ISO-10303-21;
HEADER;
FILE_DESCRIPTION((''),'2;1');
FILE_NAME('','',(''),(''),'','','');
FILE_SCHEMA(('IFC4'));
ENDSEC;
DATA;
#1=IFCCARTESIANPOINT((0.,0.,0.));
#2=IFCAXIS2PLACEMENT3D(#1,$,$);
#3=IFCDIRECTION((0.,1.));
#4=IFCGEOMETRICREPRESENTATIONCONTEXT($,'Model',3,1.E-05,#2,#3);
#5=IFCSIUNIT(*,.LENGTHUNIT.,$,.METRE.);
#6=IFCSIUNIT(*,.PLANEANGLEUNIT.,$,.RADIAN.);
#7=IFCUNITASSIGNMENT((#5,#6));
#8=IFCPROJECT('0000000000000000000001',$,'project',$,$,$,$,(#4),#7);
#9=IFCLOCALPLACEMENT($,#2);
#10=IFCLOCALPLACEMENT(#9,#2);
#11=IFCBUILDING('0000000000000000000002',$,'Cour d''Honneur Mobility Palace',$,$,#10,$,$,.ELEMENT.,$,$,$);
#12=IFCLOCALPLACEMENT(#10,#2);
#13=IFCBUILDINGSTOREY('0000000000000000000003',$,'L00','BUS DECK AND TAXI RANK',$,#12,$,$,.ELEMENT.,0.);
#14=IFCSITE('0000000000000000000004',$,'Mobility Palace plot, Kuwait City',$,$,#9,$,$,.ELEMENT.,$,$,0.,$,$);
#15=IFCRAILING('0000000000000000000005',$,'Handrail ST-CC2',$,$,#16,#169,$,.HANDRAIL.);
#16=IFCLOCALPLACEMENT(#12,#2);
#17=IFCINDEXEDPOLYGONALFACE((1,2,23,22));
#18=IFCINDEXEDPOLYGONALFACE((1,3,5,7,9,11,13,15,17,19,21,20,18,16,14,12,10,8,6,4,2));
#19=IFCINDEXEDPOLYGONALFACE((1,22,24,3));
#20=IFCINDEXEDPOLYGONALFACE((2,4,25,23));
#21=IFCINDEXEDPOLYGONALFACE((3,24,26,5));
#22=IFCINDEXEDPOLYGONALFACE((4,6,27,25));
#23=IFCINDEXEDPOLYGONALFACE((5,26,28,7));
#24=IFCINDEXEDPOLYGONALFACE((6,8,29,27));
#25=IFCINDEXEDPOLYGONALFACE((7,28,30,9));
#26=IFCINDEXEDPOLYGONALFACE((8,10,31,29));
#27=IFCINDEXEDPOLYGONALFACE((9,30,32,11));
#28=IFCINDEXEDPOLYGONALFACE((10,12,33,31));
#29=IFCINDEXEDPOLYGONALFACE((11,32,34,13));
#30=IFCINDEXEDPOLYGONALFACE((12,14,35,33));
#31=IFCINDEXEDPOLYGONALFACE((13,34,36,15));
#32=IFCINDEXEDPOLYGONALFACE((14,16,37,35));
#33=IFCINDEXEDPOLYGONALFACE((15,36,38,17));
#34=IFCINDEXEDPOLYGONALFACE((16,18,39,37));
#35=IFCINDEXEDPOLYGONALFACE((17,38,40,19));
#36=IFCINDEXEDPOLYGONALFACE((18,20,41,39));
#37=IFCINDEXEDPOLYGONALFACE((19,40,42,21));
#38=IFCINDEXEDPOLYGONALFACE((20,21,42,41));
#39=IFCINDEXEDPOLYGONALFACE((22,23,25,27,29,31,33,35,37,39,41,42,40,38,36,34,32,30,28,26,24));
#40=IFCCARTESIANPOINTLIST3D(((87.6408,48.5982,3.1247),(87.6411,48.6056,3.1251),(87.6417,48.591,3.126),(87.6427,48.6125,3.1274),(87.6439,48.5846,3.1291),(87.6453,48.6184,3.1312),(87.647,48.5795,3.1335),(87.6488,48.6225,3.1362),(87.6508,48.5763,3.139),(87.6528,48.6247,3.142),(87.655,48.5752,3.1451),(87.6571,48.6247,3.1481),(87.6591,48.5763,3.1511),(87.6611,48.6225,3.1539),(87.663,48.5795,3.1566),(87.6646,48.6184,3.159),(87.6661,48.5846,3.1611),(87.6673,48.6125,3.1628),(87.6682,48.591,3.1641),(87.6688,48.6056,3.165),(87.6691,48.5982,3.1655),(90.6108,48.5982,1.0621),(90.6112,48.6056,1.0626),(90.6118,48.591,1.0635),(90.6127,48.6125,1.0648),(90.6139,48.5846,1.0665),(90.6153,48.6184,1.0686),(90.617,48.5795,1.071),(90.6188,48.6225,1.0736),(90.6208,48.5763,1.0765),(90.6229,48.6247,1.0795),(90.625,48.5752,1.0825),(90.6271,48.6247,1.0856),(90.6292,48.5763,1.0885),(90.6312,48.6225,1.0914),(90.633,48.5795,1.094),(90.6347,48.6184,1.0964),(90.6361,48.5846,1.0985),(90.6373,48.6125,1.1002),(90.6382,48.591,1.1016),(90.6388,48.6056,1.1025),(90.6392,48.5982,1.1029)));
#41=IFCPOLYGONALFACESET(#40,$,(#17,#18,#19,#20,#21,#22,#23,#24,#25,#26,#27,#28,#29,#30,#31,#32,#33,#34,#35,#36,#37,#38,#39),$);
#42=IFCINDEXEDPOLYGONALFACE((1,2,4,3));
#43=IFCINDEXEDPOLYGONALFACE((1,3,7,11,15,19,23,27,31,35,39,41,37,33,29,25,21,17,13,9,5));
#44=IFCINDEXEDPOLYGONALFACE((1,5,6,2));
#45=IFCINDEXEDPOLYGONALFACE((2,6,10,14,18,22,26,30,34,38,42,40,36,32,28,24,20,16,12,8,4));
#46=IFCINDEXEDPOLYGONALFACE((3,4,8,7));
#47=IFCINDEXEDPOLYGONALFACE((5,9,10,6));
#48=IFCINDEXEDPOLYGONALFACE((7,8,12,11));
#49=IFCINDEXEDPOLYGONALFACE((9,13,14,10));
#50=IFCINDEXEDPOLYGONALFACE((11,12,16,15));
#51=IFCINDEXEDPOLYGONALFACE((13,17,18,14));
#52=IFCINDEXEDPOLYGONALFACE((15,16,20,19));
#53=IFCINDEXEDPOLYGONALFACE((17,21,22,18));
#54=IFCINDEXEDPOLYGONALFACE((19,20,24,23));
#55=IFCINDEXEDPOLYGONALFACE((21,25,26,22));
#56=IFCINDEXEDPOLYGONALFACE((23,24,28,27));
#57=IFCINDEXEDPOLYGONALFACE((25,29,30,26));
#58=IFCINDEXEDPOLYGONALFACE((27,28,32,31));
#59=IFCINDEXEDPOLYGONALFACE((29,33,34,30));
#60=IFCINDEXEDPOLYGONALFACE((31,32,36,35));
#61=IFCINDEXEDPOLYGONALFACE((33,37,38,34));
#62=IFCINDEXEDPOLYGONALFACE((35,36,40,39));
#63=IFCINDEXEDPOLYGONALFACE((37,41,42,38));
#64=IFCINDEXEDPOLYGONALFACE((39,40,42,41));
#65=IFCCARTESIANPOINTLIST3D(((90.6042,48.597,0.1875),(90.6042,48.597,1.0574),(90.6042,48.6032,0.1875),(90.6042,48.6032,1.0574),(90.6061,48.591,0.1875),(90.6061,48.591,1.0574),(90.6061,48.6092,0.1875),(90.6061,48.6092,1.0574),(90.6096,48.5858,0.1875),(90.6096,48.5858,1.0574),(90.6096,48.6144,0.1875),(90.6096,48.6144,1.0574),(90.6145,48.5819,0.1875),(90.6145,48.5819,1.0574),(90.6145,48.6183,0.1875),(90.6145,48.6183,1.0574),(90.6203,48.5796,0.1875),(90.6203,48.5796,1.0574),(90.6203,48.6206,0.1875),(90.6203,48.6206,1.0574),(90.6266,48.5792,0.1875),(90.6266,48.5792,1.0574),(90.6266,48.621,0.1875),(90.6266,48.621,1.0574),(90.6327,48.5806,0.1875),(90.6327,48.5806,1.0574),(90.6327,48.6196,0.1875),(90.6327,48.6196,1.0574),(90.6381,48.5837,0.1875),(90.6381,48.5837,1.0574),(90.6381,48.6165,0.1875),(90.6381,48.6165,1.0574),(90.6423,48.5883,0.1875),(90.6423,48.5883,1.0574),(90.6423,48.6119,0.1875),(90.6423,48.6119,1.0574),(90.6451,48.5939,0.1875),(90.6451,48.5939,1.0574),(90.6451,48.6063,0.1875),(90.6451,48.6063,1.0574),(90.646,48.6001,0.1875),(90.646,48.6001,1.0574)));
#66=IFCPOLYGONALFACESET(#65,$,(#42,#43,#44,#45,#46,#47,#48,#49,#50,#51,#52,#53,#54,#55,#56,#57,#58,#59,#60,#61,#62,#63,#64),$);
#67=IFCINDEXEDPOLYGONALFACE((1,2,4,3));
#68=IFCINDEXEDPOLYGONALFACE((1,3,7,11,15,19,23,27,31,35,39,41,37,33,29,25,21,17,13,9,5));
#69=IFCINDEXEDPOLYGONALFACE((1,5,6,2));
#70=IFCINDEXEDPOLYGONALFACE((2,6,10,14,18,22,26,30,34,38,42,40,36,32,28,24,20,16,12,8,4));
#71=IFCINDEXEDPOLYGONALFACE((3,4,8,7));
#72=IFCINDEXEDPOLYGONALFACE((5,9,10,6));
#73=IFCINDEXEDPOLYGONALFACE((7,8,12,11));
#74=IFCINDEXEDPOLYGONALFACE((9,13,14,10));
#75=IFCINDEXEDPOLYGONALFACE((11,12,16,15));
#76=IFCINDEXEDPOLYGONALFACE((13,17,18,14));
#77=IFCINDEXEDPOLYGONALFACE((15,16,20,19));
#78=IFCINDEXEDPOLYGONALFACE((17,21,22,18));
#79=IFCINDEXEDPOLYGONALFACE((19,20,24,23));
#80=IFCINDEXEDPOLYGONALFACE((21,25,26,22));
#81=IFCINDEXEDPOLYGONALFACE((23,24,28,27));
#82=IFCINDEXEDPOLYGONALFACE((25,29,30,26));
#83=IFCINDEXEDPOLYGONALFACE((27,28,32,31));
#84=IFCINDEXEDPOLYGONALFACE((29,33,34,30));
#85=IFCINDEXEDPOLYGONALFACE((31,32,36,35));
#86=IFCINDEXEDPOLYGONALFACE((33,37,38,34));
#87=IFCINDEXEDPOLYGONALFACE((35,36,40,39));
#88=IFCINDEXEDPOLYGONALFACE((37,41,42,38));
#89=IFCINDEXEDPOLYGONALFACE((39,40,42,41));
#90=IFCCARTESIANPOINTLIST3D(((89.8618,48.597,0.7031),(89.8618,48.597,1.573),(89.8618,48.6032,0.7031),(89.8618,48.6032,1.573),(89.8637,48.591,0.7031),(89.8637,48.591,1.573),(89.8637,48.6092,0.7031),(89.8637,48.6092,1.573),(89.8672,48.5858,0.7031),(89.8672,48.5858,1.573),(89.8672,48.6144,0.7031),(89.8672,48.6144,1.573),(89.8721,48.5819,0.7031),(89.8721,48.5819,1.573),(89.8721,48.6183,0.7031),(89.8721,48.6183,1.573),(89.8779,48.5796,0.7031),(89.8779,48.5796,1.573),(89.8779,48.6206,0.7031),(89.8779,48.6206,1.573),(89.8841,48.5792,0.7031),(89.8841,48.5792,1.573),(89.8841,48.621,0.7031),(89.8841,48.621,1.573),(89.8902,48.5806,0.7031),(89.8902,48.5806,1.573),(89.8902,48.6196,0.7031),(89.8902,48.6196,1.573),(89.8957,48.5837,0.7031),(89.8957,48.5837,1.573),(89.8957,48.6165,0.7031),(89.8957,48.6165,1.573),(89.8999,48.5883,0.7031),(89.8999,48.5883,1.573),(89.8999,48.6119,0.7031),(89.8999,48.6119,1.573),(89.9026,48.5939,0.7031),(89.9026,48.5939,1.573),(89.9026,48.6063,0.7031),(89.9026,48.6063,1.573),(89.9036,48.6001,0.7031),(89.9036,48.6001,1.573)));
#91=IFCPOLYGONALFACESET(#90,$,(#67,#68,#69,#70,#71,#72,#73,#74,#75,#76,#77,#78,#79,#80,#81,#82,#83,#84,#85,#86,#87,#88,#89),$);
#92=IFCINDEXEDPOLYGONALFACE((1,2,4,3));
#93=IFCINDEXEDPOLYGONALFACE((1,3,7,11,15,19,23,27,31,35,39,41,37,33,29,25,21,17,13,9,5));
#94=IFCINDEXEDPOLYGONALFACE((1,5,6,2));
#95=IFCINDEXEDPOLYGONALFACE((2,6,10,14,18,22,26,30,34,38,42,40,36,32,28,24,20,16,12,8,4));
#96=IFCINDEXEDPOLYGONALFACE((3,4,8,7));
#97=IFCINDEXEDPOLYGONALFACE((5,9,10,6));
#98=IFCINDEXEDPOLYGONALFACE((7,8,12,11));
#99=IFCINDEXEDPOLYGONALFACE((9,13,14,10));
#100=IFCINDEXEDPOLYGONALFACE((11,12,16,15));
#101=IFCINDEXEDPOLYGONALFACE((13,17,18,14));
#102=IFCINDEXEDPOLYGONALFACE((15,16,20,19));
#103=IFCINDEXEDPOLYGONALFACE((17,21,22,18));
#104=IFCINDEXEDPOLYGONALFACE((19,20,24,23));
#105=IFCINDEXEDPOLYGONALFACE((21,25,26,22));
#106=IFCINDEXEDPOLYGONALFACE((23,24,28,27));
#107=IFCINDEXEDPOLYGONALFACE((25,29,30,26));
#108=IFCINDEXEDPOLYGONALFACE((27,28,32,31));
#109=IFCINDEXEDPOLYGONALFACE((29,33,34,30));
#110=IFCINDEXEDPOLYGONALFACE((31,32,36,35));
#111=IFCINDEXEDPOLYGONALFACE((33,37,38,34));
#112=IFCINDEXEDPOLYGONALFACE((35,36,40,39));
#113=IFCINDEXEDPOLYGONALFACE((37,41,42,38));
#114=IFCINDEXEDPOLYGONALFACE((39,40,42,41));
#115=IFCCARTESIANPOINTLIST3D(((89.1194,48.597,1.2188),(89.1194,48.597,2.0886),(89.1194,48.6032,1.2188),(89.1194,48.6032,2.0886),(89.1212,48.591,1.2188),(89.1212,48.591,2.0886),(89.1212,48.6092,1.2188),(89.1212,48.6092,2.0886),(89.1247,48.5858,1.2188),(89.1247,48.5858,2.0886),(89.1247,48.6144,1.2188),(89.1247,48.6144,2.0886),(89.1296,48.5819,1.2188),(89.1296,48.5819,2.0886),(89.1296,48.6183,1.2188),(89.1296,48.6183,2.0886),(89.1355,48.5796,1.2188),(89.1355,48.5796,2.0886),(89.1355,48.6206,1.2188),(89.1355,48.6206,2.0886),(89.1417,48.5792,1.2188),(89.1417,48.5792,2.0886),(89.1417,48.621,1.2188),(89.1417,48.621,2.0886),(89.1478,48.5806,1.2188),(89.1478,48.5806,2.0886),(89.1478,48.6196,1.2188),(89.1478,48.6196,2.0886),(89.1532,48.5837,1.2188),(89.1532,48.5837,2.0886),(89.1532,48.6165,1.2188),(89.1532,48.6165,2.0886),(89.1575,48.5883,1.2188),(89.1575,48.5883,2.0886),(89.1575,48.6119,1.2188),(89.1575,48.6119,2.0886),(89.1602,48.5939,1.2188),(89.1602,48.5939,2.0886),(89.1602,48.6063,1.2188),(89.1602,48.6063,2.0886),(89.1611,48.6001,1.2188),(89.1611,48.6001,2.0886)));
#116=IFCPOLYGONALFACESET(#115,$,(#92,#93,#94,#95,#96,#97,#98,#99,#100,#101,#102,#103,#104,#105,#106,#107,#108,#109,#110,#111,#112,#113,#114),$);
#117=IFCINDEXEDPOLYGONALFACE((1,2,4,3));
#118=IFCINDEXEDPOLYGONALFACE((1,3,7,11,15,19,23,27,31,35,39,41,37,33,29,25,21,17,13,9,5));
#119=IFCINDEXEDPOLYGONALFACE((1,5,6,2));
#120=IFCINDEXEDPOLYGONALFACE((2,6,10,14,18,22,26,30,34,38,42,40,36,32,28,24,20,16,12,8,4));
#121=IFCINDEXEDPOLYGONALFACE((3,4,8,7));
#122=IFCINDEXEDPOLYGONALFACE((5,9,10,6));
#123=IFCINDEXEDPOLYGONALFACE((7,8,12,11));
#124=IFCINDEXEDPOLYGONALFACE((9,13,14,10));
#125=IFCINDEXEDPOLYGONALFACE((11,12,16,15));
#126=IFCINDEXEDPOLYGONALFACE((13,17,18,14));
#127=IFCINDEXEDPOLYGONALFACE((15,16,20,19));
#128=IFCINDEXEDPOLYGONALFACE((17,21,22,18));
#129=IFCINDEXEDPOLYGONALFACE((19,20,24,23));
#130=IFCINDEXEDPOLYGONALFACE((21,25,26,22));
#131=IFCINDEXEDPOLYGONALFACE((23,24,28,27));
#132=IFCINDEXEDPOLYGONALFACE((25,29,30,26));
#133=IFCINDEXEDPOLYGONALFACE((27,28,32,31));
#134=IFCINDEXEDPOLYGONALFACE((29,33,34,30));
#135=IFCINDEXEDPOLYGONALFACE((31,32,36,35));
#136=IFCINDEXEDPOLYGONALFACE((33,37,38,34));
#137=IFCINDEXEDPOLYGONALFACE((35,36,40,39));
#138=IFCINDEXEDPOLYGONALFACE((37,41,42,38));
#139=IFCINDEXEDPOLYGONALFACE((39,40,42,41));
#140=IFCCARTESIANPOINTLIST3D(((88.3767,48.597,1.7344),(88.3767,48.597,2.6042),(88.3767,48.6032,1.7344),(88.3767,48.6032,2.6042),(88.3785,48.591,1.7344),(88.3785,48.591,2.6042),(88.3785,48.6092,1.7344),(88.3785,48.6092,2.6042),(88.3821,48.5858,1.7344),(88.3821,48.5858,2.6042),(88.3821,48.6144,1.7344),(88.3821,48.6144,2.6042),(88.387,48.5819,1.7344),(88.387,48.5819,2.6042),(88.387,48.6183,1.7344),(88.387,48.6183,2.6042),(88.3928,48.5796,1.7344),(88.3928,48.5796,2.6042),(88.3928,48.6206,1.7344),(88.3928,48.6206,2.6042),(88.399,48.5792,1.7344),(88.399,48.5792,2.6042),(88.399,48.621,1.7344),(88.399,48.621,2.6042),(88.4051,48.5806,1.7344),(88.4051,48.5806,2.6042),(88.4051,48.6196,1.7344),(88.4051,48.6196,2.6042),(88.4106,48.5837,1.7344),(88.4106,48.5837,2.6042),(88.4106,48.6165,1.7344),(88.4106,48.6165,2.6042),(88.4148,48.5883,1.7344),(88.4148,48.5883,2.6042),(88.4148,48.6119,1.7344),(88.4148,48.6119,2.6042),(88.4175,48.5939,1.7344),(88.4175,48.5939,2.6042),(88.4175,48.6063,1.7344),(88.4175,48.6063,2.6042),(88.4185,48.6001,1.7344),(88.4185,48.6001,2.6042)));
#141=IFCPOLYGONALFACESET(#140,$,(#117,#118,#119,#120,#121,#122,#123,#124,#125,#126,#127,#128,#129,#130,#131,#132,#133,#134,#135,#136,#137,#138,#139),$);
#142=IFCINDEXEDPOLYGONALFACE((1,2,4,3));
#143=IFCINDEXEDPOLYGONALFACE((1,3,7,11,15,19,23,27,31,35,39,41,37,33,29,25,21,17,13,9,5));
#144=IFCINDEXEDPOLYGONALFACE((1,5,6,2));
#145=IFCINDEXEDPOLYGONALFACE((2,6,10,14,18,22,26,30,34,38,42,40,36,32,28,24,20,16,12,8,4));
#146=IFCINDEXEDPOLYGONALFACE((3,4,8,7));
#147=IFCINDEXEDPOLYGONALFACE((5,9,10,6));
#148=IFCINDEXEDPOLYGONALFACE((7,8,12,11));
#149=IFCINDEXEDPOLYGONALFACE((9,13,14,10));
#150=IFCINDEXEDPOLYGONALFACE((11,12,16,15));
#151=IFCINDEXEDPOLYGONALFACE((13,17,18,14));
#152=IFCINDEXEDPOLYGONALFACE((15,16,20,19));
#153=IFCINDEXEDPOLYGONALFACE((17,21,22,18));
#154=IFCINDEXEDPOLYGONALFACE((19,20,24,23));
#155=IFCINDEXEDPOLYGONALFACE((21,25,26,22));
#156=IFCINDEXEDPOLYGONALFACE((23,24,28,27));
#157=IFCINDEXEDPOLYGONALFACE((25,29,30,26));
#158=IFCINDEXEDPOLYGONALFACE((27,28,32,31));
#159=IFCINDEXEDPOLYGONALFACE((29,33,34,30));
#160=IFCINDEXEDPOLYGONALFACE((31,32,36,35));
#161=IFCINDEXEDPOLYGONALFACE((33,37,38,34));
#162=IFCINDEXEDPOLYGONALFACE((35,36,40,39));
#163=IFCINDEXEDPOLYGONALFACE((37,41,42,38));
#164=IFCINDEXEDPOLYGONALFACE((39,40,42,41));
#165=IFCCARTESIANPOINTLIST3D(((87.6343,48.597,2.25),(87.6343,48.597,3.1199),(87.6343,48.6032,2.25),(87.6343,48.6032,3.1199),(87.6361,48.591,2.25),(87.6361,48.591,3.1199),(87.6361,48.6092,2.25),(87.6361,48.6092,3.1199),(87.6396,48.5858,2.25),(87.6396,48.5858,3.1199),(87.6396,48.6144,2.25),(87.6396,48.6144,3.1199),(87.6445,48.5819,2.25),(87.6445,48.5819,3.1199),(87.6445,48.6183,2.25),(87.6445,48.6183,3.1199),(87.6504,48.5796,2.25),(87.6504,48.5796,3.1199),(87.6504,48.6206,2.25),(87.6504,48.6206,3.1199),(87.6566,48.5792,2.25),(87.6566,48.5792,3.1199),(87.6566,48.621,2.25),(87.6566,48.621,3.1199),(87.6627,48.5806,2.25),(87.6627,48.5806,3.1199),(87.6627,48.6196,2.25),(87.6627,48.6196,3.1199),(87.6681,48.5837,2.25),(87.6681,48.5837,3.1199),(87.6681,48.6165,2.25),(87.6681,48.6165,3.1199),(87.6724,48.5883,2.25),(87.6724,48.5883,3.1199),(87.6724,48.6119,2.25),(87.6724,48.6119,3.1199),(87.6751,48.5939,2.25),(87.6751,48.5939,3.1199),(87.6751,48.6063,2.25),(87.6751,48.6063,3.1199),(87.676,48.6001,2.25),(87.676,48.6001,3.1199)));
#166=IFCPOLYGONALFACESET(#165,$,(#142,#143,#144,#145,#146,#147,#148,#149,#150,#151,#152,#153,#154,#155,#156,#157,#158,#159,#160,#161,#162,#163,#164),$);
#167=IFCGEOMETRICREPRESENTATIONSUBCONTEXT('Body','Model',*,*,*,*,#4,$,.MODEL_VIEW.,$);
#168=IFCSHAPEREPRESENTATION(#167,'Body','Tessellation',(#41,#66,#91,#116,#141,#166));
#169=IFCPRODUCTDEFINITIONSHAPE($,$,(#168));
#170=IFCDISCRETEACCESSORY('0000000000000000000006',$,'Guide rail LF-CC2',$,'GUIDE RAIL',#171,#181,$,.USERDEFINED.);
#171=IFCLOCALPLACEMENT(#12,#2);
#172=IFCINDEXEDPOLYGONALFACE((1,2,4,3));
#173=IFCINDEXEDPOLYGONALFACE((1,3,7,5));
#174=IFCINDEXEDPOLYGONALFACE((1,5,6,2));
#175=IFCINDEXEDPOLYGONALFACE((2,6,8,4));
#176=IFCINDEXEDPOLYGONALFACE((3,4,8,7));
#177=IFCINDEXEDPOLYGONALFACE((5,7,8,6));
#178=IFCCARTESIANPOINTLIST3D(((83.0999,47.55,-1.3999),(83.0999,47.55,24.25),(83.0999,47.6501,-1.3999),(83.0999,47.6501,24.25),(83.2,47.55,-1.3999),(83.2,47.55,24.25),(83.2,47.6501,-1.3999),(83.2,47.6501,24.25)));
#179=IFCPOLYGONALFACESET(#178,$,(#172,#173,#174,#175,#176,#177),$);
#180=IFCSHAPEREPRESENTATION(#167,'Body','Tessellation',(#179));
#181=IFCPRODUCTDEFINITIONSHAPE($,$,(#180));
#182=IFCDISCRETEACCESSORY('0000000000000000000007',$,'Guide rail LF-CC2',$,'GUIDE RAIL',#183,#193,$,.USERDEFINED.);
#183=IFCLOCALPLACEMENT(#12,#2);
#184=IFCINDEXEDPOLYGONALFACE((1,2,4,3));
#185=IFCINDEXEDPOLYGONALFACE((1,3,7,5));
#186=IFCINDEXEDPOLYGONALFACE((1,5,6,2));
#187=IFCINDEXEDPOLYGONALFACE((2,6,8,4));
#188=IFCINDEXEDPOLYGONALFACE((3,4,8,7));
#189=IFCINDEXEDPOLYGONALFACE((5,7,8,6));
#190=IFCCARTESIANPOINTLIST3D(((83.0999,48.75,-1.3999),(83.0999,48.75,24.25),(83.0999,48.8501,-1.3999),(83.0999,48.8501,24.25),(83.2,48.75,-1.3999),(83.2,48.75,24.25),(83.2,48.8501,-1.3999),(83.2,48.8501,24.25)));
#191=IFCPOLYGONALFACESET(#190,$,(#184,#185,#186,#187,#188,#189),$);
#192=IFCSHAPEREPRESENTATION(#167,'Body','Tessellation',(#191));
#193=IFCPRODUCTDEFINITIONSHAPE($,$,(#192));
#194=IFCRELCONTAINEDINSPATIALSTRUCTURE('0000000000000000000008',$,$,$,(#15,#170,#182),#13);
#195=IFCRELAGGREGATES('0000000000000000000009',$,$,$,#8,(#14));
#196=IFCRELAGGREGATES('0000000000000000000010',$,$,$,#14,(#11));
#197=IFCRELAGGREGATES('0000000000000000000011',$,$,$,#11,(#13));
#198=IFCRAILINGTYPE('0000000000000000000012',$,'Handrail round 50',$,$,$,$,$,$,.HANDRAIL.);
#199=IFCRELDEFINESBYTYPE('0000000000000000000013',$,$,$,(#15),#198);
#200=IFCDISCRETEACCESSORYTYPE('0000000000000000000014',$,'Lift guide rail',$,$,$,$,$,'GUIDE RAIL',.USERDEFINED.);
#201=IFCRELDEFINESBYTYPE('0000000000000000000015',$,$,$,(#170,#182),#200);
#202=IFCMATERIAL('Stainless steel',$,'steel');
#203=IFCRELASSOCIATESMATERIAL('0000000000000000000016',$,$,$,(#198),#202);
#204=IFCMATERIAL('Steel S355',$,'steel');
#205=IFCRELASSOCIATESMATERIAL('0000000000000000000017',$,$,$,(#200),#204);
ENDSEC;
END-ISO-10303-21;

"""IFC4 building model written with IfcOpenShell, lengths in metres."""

from ifc_helpers import new_model, si_unit, direction, frame, origin, origin_2d, place, context, subcontext, project, spatial, rectangle, circle, extrude, material, type_object, element, save


model = new_model("IFC4")

# Units and contexts
model_context = context("Model", 3, precision=1e-05, world=origin(), true_north=direction((0.0, 1.0)))
body_context = subcontext(model_context, "Body", "Model", "MODEL_VIEW")
ifc_project = project(units=[si_unit("LENGTHUNIT", "METRE"), si_unit("PLANEANGLEUNIT", "RADIAN")], contexts=[model_context])

# Site, building, storey
site_placement = place(None, origin())
site = spatial("IfcSite", under=ifc_project, at=site_placement, Name="Mobility Palace plot, Kuwait City", CompositionType="ELEMENT", RefElevation=0.0)
building_placement = place(site_placement, origin())
building = spatial("IfcBuilding", under=site, at=building_placement, Name="Cour d'Honneur Mobility Palace", CompositionType="ELEMENT")
storey_placement = place(building_placement, origin())
storey = spatial("IfcBuildingStorey", under=building, at=storey_placement, Name="L00", Description="BUS DECK AND TAXI RANK", CompositionType="ELEMENT", Elevation=0.0)

# Railing
ifc_material_1 = material(Name="Stainless steel", Category="steel")
railing_type_1 = type_object("IfcRailingType", Name="Handrail round 50", PredefinedType="HANDRAIL", material=ifc_material_1)
railing_1_placement = place(storey_placement, frame((90.625, 48.6001, 0.1875)))
element("IfcRailing", 1, at=railing_1_placement, inside=storey, type_object=railing_type_1, Name="Handrail ST-CC2", PredefinedType="HANDRAIL", context=body_context, shape_type="SweptSolid", body=[
    extrude(circle(Radius=0.0249, at=origin_2d()), frame((0.0, 0.0, 0.895), z_axis=(-0.821367, 0.0, 0.5704), x_axis=(0.0, -1.0, 0.0)), (0.0, 0.0, 1.0), 3.616),
    extrude(circle(Radius=0.021, at=origin_2d()), origin(), (0.0, 0.0, 1.0), 0.8699),
    extrude(circle(Radius=0.021, at=origin_2d()), frame((-0.7424, 0.0, 0.5156)), (0.0, 0.0, 1.0), 0.8699),
    extrude(circle(Radius=0.021, at=origin_2d()), frame((-1.4849, 0.0, 1.0312)), (0.0, 0.0, 1.0), 0.8699),
    extrude(circle(Radius=0.021, at=origin_2d()), frame((-2.2275, 0.0, 1.5469)), (0.0, 0.0, 1.0), 0.8699),
    extrude(circle(Radius=0.021, at=origin_2d()), frame((-2.97, 0.0, 2.0625)), (0.0, 0.0, 1.0), 0.8699),
])

# Discrete accessories
ifc_material_2 = material(Name="Steel S355", Category="steel")
discrete_accessory_type = type_object("IfcDiscreteAccessoryType", Name="Lift guide rail", ElementType="GUIDE RAIL", PredefinedType="USERDEFINED", material=ifc_material_2)
for number, where, z_axis, x_axis, name in (
    (2, (83.1499, 47.6001, -1.3999), (0.0, 0.0, 1.0), (1.0, 0.0, 0.0), "Guide rail LF-CC2"),
    (3, (83.1499, 48.8, -1.3999), (0.0, 0.0, 1.0), (1.0, 0.0, 0.0), "Guide rail LF-CC2"),
):
    element("IfcDiscreteAccessory", number, at=place(storey_placement, frame(where, z_axis=z_axis, x_axis=x_axis)), inside=storey, type_object=discrete_accessory_type, Name=name, ObjectType="GUIDE RAIL", PredefinedType="USERDEFINED", context=body_context, shape_type="SweptSolid", body=[
        extrude(rectangle(XDim=0.1001, YDim=0.1001, at=origin_2d()), origin(), (0.0, 0.0, 1.0), 25.6499),
    ])

save(model, "model.ifc")
